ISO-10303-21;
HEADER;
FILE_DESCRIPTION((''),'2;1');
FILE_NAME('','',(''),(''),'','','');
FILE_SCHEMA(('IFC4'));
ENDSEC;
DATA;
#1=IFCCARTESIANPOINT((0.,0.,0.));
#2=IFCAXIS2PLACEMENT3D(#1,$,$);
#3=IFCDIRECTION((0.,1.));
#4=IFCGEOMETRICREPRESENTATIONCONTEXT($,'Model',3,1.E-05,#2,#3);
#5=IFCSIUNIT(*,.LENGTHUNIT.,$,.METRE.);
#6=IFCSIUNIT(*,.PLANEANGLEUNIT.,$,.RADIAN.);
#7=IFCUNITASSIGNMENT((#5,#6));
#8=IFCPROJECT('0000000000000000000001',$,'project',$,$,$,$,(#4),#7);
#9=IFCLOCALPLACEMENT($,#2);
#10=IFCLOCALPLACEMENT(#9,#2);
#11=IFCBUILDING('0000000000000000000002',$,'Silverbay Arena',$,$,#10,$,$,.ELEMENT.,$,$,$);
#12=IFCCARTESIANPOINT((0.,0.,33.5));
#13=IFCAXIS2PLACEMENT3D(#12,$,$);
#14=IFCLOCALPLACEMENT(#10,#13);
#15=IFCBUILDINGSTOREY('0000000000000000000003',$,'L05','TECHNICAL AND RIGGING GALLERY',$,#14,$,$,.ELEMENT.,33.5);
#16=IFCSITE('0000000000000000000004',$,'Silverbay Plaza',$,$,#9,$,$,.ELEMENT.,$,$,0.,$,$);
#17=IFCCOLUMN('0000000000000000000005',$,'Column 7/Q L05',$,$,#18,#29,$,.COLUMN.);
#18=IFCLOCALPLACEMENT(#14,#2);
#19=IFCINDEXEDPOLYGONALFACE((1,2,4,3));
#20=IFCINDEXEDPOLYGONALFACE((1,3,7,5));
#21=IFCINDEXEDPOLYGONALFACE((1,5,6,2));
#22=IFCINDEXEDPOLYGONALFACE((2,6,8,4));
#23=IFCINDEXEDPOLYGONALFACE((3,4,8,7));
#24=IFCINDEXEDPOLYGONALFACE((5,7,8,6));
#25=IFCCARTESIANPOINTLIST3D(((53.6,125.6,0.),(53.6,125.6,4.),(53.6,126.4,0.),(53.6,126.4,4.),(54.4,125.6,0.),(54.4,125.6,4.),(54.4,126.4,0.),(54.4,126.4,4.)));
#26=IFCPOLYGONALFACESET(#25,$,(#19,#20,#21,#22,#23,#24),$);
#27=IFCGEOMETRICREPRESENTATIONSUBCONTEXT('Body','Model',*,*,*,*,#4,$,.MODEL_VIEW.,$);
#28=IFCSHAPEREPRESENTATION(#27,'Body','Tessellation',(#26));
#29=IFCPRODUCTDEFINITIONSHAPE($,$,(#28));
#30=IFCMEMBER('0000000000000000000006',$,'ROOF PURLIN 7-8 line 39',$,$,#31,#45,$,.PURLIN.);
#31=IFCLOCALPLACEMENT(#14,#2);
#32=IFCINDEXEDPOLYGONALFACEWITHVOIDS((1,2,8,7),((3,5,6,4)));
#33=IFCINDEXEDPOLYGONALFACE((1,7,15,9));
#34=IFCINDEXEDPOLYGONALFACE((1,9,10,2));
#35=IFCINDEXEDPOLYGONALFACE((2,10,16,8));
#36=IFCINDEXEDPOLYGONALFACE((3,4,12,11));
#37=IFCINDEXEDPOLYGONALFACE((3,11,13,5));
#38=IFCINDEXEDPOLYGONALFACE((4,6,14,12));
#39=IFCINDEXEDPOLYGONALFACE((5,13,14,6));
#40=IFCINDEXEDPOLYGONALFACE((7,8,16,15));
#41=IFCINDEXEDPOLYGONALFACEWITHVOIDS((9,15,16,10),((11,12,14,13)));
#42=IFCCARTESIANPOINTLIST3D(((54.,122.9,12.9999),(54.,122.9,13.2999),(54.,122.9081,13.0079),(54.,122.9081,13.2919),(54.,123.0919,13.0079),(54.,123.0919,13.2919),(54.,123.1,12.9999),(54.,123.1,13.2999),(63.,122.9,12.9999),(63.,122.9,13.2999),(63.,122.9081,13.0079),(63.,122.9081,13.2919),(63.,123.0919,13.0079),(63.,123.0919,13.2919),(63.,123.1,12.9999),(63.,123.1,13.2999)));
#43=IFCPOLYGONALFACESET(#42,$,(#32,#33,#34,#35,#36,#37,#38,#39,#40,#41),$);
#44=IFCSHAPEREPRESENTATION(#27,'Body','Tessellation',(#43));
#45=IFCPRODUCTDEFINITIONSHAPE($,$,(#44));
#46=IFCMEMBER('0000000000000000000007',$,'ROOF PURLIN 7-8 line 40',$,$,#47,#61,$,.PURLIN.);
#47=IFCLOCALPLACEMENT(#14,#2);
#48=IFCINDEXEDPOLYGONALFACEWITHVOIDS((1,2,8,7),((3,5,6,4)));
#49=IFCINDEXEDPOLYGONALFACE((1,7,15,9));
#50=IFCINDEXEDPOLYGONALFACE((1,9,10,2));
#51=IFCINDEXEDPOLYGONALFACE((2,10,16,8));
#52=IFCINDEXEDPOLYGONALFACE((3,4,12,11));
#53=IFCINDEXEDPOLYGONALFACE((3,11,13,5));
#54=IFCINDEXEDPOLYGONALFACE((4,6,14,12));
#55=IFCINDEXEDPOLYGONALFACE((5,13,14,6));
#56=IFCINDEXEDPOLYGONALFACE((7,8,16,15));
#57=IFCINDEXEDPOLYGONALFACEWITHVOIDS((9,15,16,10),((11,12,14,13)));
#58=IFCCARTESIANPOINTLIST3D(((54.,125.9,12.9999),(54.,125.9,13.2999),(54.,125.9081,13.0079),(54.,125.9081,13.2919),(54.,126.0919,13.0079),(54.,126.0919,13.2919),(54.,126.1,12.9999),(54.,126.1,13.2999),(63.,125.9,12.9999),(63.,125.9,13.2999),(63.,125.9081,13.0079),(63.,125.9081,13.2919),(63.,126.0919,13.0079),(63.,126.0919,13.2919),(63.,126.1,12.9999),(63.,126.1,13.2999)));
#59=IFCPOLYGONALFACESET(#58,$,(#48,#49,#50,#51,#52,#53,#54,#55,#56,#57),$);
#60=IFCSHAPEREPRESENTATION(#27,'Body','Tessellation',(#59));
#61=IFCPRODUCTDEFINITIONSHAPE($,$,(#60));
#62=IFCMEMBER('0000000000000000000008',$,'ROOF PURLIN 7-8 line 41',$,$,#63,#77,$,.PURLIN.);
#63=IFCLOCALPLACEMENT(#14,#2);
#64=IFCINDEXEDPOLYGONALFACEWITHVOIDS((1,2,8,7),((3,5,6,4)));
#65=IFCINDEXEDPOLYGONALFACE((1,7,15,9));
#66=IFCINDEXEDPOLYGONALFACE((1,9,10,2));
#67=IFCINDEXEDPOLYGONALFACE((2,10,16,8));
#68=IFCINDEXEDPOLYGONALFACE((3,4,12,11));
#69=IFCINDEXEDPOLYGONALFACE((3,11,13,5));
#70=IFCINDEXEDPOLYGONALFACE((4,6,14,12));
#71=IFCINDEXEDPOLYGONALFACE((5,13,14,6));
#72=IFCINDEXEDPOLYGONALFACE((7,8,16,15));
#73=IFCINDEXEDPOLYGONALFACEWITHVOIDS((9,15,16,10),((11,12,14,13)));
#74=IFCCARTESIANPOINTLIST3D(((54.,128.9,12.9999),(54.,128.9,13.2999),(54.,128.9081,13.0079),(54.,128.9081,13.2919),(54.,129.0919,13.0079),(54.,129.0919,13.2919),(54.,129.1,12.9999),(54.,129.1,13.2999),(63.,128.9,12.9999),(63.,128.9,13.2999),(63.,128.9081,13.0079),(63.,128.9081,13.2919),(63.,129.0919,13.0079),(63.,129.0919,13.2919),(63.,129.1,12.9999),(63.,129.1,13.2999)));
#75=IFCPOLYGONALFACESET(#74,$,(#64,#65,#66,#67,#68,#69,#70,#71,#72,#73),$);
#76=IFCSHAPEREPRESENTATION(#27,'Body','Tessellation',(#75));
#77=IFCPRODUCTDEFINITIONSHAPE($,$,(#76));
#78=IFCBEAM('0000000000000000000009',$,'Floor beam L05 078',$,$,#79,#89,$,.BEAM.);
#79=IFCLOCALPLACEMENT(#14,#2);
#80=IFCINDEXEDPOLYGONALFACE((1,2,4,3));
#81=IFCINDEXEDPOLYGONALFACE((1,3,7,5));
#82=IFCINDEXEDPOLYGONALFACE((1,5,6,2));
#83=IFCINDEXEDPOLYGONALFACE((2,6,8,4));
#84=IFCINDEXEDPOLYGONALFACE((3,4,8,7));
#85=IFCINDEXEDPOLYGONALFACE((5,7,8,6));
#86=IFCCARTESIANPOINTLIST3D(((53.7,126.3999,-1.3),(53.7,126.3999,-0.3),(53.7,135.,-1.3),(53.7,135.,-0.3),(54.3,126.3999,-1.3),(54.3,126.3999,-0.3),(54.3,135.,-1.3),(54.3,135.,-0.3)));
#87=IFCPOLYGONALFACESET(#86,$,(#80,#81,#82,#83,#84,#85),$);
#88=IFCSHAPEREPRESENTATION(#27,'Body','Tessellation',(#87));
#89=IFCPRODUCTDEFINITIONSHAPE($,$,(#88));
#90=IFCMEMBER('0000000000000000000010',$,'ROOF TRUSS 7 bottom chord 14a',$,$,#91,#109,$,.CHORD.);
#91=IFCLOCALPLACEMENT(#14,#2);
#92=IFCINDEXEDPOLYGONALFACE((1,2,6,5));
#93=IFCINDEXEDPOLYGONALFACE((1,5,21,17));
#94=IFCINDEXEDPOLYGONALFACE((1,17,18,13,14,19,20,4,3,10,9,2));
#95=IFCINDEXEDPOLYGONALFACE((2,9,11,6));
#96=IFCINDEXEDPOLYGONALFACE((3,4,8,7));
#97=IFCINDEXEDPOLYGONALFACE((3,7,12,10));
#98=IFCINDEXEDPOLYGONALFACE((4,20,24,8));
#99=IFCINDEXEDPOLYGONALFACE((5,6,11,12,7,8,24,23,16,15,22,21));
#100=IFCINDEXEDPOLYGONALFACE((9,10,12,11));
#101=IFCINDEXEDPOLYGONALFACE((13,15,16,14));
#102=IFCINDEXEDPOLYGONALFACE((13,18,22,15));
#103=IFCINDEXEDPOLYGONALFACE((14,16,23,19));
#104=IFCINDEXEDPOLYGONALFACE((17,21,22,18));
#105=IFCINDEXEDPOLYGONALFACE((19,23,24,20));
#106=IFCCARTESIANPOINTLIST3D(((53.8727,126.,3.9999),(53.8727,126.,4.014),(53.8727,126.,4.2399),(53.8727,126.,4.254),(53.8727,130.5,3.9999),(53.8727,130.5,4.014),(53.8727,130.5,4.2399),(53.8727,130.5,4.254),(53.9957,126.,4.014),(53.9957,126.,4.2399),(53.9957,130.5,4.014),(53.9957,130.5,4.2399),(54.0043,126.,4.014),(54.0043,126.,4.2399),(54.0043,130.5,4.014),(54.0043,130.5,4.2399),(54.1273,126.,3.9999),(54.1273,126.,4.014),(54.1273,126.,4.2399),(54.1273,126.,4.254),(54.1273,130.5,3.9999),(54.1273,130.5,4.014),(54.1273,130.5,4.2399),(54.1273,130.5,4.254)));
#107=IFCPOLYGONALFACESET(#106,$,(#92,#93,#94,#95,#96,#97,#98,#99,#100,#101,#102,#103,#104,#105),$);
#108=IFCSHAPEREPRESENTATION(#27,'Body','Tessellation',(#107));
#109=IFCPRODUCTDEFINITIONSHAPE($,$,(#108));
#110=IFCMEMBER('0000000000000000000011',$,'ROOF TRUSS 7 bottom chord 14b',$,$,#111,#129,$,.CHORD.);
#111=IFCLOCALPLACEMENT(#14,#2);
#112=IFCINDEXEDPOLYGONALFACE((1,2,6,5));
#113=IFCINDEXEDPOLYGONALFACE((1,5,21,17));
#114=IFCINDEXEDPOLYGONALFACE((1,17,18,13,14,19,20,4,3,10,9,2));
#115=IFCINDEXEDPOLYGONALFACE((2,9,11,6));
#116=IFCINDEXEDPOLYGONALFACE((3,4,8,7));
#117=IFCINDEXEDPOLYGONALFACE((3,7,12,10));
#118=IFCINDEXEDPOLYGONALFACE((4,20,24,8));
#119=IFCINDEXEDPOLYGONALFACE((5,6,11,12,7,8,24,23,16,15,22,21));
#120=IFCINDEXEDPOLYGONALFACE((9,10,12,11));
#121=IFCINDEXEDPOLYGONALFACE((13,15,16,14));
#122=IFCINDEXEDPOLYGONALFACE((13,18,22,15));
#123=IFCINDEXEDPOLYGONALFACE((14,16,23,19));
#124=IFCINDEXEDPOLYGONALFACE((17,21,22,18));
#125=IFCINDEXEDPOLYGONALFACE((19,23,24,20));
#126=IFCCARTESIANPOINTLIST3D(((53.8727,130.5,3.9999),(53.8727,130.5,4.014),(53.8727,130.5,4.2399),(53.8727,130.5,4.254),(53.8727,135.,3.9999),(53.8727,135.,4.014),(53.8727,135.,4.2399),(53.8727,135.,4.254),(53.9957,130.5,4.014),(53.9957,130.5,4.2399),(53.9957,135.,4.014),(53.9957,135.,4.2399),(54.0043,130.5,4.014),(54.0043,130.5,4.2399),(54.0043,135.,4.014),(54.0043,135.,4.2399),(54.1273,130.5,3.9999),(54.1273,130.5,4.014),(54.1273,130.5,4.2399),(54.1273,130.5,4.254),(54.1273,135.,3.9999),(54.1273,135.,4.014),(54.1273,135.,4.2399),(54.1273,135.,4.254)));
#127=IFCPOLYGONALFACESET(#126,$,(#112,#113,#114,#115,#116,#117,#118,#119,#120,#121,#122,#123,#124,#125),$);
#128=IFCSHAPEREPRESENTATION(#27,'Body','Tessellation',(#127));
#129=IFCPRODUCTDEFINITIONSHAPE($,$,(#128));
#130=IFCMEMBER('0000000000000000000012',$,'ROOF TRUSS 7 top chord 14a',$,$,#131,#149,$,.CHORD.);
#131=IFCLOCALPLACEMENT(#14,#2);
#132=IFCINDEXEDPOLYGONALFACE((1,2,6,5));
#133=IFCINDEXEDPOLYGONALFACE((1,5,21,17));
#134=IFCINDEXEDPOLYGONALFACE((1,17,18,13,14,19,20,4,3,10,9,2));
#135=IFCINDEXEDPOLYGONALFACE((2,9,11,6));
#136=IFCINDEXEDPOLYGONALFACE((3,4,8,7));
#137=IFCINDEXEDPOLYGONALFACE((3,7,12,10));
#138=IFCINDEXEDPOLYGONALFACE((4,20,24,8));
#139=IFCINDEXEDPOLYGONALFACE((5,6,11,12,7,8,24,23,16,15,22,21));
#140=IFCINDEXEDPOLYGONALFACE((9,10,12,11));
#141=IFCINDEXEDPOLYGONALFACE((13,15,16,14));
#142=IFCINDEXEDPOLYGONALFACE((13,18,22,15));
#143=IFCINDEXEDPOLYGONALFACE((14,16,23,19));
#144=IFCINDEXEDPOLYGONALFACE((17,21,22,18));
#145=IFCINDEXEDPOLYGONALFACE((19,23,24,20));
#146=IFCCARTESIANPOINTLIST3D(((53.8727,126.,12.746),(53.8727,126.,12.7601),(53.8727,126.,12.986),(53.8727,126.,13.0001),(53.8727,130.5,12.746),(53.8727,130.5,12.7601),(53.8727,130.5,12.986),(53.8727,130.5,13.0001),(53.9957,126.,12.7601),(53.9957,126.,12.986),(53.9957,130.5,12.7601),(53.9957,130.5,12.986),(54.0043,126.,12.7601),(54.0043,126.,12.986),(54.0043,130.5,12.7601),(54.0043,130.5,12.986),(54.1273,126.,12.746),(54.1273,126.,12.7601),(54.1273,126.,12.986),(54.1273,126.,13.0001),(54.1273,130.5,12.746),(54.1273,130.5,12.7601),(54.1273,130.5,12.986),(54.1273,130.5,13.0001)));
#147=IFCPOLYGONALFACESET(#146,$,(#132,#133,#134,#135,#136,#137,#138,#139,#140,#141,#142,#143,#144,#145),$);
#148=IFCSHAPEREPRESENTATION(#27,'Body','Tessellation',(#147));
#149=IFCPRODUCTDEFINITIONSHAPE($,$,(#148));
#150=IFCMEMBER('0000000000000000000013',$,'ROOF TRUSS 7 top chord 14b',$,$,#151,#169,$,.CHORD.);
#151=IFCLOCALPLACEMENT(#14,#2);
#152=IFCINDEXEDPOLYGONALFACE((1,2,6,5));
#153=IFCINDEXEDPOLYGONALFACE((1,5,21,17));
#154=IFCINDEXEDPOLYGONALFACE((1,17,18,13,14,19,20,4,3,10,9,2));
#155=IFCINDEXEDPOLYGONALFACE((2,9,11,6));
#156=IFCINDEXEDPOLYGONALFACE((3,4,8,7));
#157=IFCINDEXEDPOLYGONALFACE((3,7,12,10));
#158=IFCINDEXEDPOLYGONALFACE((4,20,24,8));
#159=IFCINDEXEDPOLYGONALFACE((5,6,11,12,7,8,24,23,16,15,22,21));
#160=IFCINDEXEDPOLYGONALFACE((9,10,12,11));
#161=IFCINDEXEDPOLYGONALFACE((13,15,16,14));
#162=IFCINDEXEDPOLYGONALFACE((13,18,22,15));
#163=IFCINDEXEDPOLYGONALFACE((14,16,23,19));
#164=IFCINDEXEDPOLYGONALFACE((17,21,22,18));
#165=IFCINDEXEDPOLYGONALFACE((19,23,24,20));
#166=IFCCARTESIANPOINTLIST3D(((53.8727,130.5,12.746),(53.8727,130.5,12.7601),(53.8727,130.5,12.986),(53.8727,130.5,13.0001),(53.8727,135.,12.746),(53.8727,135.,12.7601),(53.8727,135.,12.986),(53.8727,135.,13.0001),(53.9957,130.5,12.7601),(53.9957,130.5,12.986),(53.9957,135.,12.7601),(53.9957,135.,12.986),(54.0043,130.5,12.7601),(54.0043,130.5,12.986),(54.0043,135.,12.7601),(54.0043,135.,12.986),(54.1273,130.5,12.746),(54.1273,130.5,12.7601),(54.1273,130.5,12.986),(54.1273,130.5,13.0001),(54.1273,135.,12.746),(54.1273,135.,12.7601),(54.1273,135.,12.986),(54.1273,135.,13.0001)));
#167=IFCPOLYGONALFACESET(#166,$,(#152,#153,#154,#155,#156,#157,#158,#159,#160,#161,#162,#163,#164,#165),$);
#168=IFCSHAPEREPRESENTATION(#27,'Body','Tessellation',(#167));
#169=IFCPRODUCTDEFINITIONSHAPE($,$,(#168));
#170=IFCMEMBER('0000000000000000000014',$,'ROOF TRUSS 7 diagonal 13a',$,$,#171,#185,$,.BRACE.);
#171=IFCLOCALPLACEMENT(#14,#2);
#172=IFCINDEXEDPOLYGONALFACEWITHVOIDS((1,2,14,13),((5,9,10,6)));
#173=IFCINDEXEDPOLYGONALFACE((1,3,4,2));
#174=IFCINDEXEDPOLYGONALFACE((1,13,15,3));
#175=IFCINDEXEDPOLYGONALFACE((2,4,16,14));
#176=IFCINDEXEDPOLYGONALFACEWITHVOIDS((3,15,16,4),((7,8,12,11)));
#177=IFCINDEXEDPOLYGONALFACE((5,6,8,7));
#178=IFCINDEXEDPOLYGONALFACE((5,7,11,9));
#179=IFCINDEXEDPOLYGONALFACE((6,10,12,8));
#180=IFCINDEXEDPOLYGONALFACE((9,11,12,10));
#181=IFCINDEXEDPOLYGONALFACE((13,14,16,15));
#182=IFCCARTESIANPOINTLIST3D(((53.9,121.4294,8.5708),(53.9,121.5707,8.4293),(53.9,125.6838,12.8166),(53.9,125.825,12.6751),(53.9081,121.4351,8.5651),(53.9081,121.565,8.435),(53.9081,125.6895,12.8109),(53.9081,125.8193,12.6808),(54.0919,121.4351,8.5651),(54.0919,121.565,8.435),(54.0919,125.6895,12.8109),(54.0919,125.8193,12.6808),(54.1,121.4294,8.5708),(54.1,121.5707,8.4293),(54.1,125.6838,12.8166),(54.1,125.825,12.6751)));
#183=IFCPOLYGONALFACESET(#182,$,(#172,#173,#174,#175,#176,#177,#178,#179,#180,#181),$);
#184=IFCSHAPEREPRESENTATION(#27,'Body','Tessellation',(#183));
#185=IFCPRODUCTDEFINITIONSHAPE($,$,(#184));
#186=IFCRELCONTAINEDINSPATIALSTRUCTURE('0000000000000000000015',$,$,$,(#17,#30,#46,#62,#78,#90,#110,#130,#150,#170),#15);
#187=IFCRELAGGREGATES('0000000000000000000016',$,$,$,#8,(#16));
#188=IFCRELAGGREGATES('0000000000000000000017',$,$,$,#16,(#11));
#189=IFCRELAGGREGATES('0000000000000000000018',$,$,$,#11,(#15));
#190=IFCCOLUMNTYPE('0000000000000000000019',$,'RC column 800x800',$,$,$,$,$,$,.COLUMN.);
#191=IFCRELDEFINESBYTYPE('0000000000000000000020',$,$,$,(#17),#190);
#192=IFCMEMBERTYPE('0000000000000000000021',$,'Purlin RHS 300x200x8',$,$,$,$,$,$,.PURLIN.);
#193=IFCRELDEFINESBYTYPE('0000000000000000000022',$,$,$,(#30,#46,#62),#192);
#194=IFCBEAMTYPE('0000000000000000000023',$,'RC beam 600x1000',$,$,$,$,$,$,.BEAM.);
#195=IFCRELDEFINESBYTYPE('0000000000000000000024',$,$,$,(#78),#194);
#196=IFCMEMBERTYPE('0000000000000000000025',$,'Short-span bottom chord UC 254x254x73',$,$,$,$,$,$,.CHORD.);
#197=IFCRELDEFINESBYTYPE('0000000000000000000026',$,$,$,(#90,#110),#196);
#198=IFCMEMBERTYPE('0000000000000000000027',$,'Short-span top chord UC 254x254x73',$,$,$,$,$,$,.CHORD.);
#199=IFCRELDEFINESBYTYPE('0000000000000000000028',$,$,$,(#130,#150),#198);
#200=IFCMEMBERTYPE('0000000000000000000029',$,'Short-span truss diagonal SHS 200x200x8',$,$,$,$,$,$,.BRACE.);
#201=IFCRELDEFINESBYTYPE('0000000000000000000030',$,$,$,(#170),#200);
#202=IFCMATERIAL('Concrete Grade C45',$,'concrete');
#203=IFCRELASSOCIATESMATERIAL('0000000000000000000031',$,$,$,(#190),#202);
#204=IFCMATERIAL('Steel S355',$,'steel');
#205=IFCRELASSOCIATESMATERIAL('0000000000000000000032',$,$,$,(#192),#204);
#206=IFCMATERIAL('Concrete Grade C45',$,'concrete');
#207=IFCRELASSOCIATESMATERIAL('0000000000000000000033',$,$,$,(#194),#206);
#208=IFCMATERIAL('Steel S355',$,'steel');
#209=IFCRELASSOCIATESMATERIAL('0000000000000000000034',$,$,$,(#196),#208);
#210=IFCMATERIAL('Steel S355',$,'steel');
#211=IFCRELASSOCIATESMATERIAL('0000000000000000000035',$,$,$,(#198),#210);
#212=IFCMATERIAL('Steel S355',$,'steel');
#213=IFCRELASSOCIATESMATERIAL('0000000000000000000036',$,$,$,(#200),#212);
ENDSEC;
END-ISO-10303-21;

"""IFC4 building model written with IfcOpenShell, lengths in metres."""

from ifc_helpers import new_model, si_unit, direction, frame, origin, origin_2d, place, context, subcontext, project, spatial, rectangle, hollow_rectangle, i_section, extrude, material, material_profile, profile_set, type_object, element, save


model = new_model("IFC4")

# Units and contexts
model_context = context("Model", 3, precision=1e-05, world=origin(), true_north=direction((0.0, 1.0)))
body_context = subcontext(model_context, "Body", "Model", "MODEL_VIEW")
ifc_project = project(units=[si_unit("LENGTHUNIT", "METRE"), si_unit("PLANEANGLEUNIT", "RADIAN")], contexts=[model_context])

# Site, building, storey
site_placement = place(None, origin())
site = spatial("IfcSite", under=ifc_project, at=site_placement, Name="Silverbay Plaza", CompositionType="ELEMENT", RefElevation=0.0)
building_placement = place(site_placement, origin())
building = spatial("IfcBuilding", under=site, at=building_placement, Name="Silverbay Arena", CompositionType="ELEMENT")
storey_placement = place(building_placement, frame((0.0, 0.0, 33.5)))
storey = spatial("IfcBuildingStorey", under=building, at=storey_placement, Name="L05", Description="TECHNICAL AND RIGGING GALLERY", CompositionType="ELEMENT", Elevation=33.5)

# Column
ifc_material_1 = material(Name="Concrete Grade C45", Category="concrete")
ifc_material_profile_1 = material_profile(ifc_material_1, rectangle(XDim=0.8, YDim=0.8, at=origin_2d()), Name="RC 800x800")
ifc_profile_set_1 = profile_set([ifc_material_profile_1], Name="Concrete Grade C45")
column_type = type_object("IfcColumnType", Name="RC column 800x800", PredefinedType="COLUMN", material=ifc_profile_set_1)
column_placement = place(storey_placement, frame((54.0, 126.0, 0.0), z_axis=(0.0, 0.0, 1.0), x_axis=(1.0, 0.0, 0.0)))
element("IfcColumn", 1, at=column_placement, inside=storey, type_object=column_type, Name="Column 7/Q L05", PredefinedType="COLUMN", context=body_context, shape_type="SweptSolid", body=[
    extrude(rectangle(XDim=0.8, YDim=0.8, at=origin_2d()), origin(), (0.0, 0.0, 1.0), 4.0),
])

# Members
ifc_material_2 = material(Name="Steel S355", Category="steel")
ifc_material_profile_2 = material_profile(ifc_material_2, hollow_rectangle(XDim=0.2, YDim=0.3, WallThickness=0.0081, at=origin_2d()), Name="RHS 300x200x8")
ifc_profile_set_2 = profile_set([ifc_material_profile_2], Name="Steel S355")
member_type_1 = type_object("IfcMemberType", Name="Purlin RHS 300x200x8", PredefinedType="PURLIN", material=ifc_profile_set_2)
for number, where, z_axis, x_axis, name in (
    (2, (54.0, 123.0, 13.1499), (1.0, 0.0, 0.0), (0.0, 1.0, 0.0), "ROOF PURLIN 7-8 line 39"),
    (3, (54.0, 126.0, 13.1499), (1.0, 0.0, 0.0), (0.0, 1.0, 0.0), "ROOF PURLIN 7-8 line 40"),
    (4, (54.0, 129.0, 13.1499), (1.0, 0.0, 0.0), (0.0, 1.0, 0.0), "ROOF PURLIN 7-8 line 41"),
):
    element("IfcMember", number, at=place(storey_placement, frame(where, z_axis=z_axis, x_axis=x_axis)), inside=storey, type_object=member_type_1, Name=name, PredefinedType="PURLIN", context=body_context, shape_type="SweptSolid", body=[
        extrude(hollow_rectangle(XDim=0.2, YDim=0.3, WallThickness=0.0081, at=origin_2d()), origin(), (0.0, 0.0, 1.0), 9.0),
    ])

# Beam
ifc_material_3 = material(Name="Concrete Grade C45", Category="concrete")
ifc_material_profile_3 = material_profile(ifc_material_3, rectangle(XDim=0.6001, YDim=1.0, at=origin_2d()), Name="RC 600x1000")
ifc_profile_set_3 = profile_set([ifc_material_profile_3], Name="Concrete Grade C45")
beam_type = type_object("IfcBeamType", Name="RC beam 600x1000", PredefinedType="BEAM", material=ifc_profile_set_3)
beam_placement = place(storey_placement, frame((54.0, 126.3999, -0.8), z_axis=(0.0, 1.0, 0.0), x_axis=(-1.0, 0.0, 0.0)))
element("IfcBeam", 5, at=beam_placement, inside=storey, type_object=beam_type, Name="Floor beam L05 078", PredefinedType="BEAM", context=body_context, shape_type="SweptSolid", body=[
    extrude(rectangle(XDim=0.6001, YDim=1.0, at=origin_2d()), origin(), (0.0, 0.0, 1.0), 8.6001),
])

# Members
ifc_material_4 = material(Name="Steel S355", Category="steel")
ifc_material_profile_4 = material_profile(ifc_material_4, i_section(OverallWidth=0.2546, OverallDepth=0.2542, WebThickness=0.0085, FlangeThickness=0.0142, at=origin_2d()), Name="UC 254x254x73")
ifc_profile_set_4 = profile_set([ifc_material_profile_4], Name="Steel S355")
member_type_2 = type_object("IfcMemberType", Name="Short-span bottom chord UC 254x254x73", PredefinedType="CHORD", material=ifc_profile_set_4)
for number, where, z_axis, x_axis, name in (
    (6, (54.0, 126.0, 4.127), (0.0, 1.0, 0.0), (-1.0, 0.0, 0.0), "ROOF TRUSS 7 bottom chord 14a"),
    (7, (54.0, 130.5, 4.127), (0.0, 1.0, 0.0), (-1.0, 0.0, 0.0), "ROOF TRUSS 7 bottom chord 14b"),
):
    element("IfcMember", number, at=place(storey_placement, frame(where, z_axis=z_axis, x_axis=x_axis)), inside=storey, type_object=member_type_2, Name=name, PredefinedType="CHORD", context=body_context, shape_type="SweptSolid", body=[
        extrude(i_section(OverallWidth=0.2546, OverallDepth=0.2542, WebThickness=0.0085, FlangeThickness=0.0142, at=origin_2d()), origin(), (0.0, 0.0, 1.0), 4.5),
    ])
ifc_material_5 = material(Name="Steel S355", Category="steel")
ifc_material_profile_5 = material_profile(ifc_material_5, i_section(OverallWidth=0.2546, OverallDepth=0.2542, WebThickness=0.0085, FlangeThickness=0.0142, at=origin_2d()), Name="UC 254x254x73")
ifc_profile_set_5 = profile_set([ifc_material_profile_5], Name="Steel S355")
member_type_3 = type_object("IfcMemberType", Name="Short-span top chord UC 254x254x73", PredefinedType="CHORD", material=ifc_profile_set_5)
for number, where, z_axis, x_axis, name in (
    (8, (54.0, 126.0, 12.873), (0.0, 1.0, 0.0), (-1.0, 0.0, 0.0), "ROOF TRUSS 7 top chord 14a"),
    (9, (54.0, 130.5, 12.873), (0.0, 1.0, 0.0), (-1.0, 0.0, 0.0), "ROOF TRUSS 7 top chord 14b"),
):
    element("IfcMember", number, at=place(storey_placement, frame(where, z_axis=z_axis, x_axis=x_axis)), inside=storey, type_object=member_type_3, Name=name, PredefinedType="CHORD", context=body_context, shape_type="SweptSolid", body=[
        extrude(i_section(OverallWidth=0.2546, OverallDepth=0.2542, WebThickness=0.0085, FlangeThickness=0.0142, at=origin_2d()), origin(), (0.0, 0.0, 1.0), 4.5),
    ])
ifc_material_6 = material(Name="Steel S355", Category="steel")
ifc_material_profile_6 = material_profile(ifc_material_6, hollow_rectangle(XDim=0.2, YDim=0.2, WallThickness=0.0081, at=origin_2d()), Name="SHS 200x200x8")
ifc_profile_set_6 = profile_set([ifc_material_profile_6], Name="Steel S355")
member_type_4 = type_object("IfcMemberType", Name="Short-span truss diagonal SHS 200x200x8", PredefinedType="BRACE", material=ifc_profile_set_6)
for number, where, z_axis, x_axis, name in (
    (10, (54.0, 125.7544, 12.7458), (0.0, -0.707817, -0.706396), (1.0, 0.0, 0.0), "ROOF TRUSS 7 diagonal 13a"),
):
    element("IfcMember", number, at=place(storey_placement, frame(where, z_axis=z_axis, x_axis=x_axis)), inside=storey, type_object=member_type_4, Name=name, PredefinedType="BRACE", context=body_context, shape_type="SweptSolid", body=[
        extrude(hollow_rectangle(XDim=0.2, YDim=0.2, WallThickness=0.0081, at=origin_2d()), origin(), (0.0, 0.0, 1.0), 6.0105),
    ])

save(model, "model.ifc")
